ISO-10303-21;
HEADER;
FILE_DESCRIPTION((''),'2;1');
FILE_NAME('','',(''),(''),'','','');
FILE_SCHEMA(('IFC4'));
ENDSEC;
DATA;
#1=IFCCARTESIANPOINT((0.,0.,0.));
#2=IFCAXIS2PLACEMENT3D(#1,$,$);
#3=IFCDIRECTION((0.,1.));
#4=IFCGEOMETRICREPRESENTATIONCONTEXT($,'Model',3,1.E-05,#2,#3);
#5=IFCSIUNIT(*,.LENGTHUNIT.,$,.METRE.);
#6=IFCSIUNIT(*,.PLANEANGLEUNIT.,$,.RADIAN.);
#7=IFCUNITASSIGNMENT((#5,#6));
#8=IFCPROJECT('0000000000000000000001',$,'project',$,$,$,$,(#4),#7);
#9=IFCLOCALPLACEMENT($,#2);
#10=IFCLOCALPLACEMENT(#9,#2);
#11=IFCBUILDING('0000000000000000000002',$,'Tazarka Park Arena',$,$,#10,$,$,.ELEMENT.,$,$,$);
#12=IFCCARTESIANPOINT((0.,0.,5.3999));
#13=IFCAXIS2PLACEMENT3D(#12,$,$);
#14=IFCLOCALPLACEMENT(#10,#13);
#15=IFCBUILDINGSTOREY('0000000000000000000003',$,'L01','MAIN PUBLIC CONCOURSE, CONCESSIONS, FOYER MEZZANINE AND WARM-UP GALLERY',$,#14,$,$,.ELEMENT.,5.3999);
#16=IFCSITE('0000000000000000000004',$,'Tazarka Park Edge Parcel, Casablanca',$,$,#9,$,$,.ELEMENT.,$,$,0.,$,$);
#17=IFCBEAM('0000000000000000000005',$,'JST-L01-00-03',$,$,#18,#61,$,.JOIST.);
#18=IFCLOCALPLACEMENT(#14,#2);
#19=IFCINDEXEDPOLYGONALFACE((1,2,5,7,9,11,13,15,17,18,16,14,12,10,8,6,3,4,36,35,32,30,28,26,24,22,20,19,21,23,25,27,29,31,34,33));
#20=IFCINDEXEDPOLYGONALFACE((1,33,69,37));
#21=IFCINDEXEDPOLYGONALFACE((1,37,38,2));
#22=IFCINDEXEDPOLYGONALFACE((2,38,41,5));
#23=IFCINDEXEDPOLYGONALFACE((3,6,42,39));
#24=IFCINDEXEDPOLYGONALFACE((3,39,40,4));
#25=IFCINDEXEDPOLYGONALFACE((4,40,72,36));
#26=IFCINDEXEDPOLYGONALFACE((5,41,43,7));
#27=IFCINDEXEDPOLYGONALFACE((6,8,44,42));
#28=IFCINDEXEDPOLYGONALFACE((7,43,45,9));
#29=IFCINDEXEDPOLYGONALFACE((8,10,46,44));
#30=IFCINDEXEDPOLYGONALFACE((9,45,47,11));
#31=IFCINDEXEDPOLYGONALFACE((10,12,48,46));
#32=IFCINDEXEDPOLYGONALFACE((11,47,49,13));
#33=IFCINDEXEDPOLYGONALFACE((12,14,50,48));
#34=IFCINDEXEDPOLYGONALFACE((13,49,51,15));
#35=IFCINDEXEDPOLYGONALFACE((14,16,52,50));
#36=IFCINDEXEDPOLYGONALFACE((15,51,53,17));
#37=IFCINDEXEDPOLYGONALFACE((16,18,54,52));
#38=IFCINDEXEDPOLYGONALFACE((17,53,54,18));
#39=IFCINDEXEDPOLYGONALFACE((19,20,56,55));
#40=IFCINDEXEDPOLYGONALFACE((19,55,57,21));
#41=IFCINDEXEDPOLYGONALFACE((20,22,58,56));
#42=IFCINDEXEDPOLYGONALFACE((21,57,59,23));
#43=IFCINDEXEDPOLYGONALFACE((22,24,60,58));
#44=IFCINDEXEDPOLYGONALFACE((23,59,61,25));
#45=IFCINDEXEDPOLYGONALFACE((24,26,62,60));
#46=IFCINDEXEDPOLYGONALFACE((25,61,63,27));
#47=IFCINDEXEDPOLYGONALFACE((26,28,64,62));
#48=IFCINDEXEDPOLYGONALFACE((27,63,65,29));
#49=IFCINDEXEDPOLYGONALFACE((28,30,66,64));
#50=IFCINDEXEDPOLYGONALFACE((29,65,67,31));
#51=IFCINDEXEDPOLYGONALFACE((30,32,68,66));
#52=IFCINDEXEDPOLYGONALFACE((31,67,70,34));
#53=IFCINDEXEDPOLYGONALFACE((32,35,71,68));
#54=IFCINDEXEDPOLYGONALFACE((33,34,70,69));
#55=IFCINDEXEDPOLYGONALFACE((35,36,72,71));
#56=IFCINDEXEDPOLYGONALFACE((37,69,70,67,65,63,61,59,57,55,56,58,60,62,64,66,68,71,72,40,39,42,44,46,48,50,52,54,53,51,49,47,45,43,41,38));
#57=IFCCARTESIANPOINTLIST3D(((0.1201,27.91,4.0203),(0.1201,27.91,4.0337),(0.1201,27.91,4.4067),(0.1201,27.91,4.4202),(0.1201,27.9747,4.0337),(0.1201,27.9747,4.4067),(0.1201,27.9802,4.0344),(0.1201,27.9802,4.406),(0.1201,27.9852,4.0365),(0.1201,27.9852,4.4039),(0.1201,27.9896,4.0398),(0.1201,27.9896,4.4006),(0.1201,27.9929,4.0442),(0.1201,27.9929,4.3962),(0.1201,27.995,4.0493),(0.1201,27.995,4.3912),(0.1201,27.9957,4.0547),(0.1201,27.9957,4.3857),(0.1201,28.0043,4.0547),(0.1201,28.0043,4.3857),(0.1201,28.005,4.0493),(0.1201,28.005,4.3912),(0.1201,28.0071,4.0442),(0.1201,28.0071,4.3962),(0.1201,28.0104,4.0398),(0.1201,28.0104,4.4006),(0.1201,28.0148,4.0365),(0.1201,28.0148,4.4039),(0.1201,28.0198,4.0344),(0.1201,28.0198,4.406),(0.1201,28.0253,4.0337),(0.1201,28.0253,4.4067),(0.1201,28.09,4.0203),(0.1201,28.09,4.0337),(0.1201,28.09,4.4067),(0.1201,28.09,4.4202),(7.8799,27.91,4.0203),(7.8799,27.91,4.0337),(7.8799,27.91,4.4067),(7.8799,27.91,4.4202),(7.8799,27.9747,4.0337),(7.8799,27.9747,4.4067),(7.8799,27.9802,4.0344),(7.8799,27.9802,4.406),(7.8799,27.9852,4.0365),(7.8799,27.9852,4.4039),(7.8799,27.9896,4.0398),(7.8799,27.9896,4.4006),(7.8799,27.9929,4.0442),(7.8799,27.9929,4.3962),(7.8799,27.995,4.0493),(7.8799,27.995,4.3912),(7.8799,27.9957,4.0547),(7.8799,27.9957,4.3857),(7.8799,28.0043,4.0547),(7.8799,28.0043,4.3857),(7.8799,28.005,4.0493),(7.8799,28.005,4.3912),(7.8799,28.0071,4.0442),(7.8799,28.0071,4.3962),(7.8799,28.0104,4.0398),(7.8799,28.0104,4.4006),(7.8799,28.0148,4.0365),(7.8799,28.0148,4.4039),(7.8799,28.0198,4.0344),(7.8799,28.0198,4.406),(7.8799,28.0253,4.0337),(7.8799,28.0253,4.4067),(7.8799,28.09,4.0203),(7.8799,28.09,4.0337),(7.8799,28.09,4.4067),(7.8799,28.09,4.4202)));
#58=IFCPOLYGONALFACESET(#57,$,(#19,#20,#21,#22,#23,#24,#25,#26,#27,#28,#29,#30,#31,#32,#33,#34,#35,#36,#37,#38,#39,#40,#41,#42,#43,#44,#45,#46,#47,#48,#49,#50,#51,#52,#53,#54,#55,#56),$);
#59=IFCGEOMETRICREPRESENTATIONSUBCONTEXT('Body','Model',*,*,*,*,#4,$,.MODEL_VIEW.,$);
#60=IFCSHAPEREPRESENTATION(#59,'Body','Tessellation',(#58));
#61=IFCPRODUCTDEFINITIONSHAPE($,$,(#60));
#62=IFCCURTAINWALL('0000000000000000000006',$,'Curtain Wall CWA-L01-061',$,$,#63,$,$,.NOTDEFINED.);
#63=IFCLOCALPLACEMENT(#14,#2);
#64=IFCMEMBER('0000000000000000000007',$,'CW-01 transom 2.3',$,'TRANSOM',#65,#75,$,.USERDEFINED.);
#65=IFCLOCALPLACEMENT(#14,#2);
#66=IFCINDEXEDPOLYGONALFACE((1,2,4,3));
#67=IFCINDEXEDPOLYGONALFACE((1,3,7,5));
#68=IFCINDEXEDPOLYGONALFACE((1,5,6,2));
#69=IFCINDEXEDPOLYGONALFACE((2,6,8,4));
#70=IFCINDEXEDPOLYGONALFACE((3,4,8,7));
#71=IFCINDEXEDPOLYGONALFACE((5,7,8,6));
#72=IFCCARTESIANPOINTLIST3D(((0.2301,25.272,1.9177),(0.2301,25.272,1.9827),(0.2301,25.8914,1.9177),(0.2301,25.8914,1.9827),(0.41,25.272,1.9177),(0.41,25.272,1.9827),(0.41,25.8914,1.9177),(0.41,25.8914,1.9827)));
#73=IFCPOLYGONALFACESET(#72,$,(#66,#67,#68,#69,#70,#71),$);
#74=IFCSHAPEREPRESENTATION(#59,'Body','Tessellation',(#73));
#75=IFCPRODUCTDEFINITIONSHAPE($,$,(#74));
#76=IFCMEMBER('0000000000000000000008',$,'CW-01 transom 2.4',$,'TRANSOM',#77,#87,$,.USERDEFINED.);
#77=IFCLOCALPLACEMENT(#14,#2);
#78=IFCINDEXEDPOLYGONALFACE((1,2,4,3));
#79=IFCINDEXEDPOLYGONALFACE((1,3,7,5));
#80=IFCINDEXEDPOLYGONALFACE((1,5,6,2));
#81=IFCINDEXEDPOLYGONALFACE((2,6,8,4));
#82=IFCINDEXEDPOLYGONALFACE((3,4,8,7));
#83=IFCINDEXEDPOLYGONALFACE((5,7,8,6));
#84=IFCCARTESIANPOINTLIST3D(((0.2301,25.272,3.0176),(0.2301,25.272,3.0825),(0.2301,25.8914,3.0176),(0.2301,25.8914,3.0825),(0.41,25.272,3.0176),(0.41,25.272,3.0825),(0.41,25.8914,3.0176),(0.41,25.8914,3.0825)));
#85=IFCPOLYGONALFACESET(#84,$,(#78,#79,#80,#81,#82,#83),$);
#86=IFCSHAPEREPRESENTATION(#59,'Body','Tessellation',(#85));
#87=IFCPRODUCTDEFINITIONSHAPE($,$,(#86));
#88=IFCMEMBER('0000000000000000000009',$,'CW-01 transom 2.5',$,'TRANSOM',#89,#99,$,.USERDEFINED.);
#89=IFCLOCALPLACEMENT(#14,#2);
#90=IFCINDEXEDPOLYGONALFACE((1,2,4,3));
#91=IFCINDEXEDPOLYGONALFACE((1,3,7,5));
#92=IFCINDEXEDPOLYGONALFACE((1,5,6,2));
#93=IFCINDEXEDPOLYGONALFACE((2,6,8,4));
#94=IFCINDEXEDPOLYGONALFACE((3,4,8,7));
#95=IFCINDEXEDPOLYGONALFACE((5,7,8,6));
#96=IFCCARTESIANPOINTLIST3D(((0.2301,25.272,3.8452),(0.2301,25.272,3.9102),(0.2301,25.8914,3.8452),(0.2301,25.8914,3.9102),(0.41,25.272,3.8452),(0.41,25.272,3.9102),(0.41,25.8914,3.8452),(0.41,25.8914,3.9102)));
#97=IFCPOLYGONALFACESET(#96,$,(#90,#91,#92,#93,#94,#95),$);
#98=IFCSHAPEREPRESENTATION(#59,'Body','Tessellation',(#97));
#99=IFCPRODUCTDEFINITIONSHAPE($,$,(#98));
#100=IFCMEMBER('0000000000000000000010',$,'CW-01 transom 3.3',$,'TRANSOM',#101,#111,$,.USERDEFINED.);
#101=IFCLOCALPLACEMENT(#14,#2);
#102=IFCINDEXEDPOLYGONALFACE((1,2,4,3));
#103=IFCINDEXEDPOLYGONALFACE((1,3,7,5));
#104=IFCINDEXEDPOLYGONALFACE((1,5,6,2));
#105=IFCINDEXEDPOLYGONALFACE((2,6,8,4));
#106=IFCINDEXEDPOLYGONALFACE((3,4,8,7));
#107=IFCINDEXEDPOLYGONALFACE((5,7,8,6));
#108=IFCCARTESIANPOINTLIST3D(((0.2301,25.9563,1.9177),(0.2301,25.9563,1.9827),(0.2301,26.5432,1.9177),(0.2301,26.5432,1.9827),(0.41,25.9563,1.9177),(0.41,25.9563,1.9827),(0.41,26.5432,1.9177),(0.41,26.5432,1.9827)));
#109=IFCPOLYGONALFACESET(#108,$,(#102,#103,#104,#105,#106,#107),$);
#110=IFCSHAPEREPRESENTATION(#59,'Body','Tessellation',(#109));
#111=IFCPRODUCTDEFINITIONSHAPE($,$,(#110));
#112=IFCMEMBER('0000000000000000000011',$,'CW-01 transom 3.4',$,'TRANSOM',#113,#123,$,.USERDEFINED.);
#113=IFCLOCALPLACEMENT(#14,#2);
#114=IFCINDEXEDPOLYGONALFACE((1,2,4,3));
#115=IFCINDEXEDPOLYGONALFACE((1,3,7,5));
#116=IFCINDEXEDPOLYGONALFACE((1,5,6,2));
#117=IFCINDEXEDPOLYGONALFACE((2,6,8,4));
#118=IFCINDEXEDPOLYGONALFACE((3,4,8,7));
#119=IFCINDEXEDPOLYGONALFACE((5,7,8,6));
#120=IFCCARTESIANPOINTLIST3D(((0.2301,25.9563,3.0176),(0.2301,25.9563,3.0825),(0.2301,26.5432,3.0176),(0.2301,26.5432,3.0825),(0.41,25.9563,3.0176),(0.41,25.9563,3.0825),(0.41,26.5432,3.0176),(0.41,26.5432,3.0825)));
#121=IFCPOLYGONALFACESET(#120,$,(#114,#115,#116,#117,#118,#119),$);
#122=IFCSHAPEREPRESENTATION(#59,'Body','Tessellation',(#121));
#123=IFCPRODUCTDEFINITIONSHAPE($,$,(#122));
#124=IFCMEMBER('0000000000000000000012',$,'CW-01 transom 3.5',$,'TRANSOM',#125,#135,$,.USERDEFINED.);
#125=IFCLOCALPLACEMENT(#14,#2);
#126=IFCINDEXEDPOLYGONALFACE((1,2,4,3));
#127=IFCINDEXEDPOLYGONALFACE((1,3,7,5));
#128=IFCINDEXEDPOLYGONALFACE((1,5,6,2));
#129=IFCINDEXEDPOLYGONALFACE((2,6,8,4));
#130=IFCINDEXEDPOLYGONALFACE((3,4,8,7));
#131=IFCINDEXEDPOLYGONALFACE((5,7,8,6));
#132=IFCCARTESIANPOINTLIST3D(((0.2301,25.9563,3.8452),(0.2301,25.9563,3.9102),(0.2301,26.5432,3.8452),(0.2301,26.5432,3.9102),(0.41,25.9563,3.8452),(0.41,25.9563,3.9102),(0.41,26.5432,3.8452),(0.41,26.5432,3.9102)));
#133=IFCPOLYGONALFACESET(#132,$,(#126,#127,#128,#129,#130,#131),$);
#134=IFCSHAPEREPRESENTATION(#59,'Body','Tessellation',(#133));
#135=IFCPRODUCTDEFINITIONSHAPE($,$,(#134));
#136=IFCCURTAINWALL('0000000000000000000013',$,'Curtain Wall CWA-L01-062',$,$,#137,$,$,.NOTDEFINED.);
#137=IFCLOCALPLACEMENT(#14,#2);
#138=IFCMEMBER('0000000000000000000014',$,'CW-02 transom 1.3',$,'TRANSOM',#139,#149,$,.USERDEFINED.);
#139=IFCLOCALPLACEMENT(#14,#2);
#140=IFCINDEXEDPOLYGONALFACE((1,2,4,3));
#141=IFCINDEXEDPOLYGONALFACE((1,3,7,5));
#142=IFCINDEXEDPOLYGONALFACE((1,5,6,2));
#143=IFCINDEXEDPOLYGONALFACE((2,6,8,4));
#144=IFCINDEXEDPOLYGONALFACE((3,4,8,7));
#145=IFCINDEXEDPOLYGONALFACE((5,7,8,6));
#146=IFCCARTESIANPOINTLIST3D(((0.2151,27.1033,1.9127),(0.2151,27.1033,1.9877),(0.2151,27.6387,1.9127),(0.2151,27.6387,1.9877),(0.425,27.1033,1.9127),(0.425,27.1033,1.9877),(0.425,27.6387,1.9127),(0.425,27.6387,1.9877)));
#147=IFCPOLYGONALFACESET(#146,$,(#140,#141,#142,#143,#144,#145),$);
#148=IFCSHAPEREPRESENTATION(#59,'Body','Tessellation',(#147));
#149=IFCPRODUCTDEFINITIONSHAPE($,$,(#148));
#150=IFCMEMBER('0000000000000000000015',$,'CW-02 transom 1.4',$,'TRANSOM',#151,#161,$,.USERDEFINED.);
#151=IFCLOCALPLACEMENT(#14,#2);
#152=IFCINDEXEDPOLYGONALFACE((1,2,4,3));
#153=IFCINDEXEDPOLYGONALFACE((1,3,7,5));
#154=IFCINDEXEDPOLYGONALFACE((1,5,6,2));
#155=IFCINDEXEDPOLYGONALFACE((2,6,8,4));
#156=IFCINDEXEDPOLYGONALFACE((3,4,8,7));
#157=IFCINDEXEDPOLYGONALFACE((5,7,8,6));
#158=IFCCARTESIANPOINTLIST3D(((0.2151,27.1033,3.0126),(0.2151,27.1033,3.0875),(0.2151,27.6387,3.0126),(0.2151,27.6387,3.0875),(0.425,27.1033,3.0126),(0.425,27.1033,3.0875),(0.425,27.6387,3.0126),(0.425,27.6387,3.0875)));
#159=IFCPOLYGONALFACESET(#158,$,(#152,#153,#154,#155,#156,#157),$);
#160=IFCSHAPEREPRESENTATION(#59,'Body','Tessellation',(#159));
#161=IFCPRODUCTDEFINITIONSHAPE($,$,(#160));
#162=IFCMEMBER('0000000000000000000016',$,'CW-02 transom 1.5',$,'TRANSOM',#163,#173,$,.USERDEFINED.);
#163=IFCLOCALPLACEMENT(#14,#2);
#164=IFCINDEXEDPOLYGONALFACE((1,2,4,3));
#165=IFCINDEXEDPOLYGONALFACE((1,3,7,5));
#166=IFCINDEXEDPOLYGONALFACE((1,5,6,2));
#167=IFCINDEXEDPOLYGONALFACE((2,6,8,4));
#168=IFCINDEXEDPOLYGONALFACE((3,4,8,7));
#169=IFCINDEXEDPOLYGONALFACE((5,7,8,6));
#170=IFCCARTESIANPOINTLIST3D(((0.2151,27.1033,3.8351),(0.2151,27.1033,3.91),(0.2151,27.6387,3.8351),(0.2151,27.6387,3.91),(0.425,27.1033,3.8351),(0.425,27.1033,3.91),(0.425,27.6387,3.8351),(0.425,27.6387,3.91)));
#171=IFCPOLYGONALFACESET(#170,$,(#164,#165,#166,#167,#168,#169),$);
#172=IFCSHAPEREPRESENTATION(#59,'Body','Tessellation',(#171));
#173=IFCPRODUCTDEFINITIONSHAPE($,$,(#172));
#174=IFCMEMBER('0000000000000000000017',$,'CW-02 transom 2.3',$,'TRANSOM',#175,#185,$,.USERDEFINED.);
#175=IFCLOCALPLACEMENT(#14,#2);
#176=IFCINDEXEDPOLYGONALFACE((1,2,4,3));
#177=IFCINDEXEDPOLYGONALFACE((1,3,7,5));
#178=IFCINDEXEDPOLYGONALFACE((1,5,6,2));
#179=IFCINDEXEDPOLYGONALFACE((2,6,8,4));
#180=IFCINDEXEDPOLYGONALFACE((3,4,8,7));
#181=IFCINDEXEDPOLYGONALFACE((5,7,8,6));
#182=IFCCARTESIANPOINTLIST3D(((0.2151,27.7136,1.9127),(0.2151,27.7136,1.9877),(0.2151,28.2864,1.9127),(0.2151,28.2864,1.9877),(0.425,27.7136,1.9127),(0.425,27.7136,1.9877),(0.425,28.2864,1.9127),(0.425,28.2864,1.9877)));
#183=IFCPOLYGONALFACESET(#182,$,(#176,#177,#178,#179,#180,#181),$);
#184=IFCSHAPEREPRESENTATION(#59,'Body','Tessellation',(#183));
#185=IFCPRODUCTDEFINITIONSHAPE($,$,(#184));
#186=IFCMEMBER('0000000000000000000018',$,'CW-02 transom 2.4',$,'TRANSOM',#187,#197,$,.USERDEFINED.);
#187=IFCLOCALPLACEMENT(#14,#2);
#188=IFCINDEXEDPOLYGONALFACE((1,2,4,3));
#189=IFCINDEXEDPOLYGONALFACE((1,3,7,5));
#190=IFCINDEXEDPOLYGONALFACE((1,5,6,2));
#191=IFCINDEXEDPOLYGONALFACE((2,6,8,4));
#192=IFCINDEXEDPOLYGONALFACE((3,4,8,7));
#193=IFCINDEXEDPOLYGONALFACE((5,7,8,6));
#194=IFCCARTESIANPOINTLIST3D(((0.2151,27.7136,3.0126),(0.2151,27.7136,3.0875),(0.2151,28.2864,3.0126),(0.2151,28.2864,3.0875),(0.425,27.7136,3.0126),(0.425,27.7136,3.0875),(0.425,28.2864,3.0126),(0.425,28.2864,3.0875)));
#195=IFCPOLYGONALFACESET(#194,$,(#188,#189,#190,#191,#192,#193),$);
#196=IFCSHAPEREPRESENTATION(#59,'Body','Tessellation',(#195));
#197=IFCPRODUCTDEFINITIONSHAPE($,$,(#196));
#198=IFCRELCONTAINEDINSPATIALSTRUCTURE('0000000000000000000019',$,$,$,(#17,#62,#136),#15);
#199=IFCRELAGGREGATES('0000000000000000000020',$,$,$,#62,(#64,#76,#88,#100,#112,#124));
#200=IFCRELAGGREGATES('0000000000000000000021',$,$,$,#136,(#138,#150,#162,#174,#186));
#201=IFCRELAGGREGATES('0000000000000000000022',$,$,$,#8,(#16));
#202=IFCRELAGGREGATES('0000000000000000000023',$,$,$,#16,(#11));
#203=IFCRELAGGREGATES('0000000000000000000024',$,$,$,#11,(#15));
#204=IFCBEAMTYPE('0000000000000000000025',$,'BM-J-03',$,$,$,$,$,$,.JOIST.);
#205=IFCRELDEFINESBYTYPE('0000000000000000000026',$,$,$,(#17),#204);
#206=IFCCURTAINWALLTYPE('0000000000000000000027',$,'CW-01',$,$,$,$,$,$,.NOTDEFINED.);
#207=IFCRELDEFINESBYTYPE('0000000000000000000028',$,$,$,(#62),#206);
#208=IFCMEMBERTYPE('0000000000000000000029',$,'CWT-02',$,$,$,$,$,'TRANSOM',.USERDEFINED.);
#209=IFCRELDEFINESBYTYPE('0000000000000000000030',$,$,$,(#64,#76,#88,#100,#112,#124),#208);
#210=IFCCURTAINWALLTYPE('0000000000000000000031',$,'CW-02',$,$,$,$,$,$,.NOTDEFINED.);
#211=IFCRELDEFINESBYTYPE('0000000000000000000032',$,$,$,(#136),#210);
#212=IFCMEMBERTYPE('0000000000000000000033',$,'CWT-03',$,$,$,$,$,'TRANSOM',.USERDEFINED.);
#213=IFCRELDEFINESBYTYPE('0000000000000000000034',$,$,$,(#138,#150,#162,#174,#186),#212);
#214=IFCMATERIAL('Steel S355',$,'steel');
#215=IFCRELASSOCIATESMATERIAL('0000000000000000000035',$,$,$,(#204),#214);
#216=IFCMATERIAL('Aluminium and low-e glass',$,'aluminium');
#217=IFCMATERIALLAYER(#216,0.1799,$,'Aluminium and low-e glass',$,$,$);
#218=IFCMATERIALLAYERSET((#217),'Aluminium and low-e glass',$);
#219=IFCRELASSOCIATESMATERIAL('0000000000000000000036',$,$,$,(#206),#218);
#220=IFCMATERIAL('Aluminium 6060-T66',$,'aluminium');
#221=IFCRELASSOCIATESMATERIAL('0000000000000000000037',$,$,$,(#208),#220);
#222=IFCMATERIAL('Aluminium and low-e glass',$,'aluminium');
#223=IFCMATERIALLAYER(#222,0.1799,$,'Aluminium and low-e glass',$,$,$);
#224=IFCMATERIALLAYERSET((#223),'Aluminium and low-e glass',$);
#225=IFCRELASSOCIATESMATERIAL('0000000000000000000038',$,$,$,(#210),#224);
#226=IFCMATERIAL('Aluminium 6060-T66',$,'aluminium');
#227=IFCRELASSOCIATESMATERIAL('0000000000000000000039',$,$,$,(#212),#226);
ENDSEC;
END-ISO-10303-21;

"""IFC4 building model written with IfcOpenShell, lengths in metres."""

from ifc_helpers import new_model, si_unit, direction, frame, origin, origin_2d, place, context, subcontext, project, spatial, rectangle, i_section, extrude, material, layer, layer_set, material_profile, profile_set, type_object, element, aggregate, save


model = new_model("IFC4")

# Units and contexts
model_context = context("Model", 3, precision=1e-05, world=origin(), true_north=direction((0.0, 1.0)))
body_context = subcontext(model_context, "Body", "Model", "MODEL_VIEW")
ifc_project = project(units=[si_unit("LENGTHUNIT", "METRE"), si_unit("PLANEANGLEUNIT", "RADIAN")], contexts=[model_context])

# Site, building, storey
site_placement = place(None, origin())
site = spatial("IfcSite", under=ifc_project, at=site_placement, Name="Tazarka Park Edge Parcel, Casablanca", CompositionType="ELEMENT", RefElevation=0.0)
building_placement = place(site_placement, origin())
building = spatial("IfcBuilding", under=site, at=building_placement, Name="Tazarka Park Arena", CompositionType="ELEMENT")
storey_placement = place(building_placement, frame((0.0, 0.0, 5.3999)))
storey = spatial("IfcBuildingStorey", under=building, at=storey_placement, Name="L01", Description="MAIN PUBLIC CONCOURSE, CONCESSIONS, FOYER MEZZANINE AND WARM-UP GALLERY", CompositionType="ELEMENT", Elevation=5.3999)

# Beam
ifc_material_1 = material(Name="Steel S355", Category="steel")
ifc_material_profile_1 = material_profile(ifc_material_1, i_section(OverallWidth=0.1799, OverallDepth=0.3999, WebThickness=0.0085, FlangeThickness=0.0134, FilletRadius=0.021, at=origin_2d()), Name="Steel S355")
ifc_profile_set_1 = profile_set([ifc_material_profile_1], Name="Steel S355")
beam_type = type_object("IfcBeamType", Name="BM-J-03", PredefinedType="JOIST", material=ifc_profile_set_1)
beam_placement = place(storey_placement, frame((0.1201, 28.0, 4.2202), z_axis=(1.0, 0.0, 0.0), x_axis=(0.0, 1.0, 0.0)))
element("IfcBeam", 1, at=beam_placement, inside=storey, type_object=beam_type, Name="JST-L01-00-03", PredefinedType="JOIST", context=body_context, shape_type="SweptSolid", body=[
    extrude(i_section(OverallWidth=0.1799, OverallDepth=0.3999, WebThickness=0.0085, FlangeThickness=0.0134, FilletRadius=0.021, at=origin_2d()), origin(), (0.0, 0.0, 1.0), 7.7598),
])

# Curtain walls, members
ifc_material_2 = material(Name="Aluminium and low-e glass", Category="aluminium")
ifc_layer_1 = layer(ifc_material_2, 0.1799, Name="Aluminium and low-e glass")
ifc_layer_set_1 = layer_set([ifc_layer_1], Name="Aluminium and low-e glass")
curtain_wall_type_1 = type_object("IfcCurtainWallType", Name="CW-01", PredefinedType="NOTDEFINED", material=ifc_layer_set_1)
curtain_wall_1_placement = place(storey_placement, origin())
curtain_wall_1 = element("IfcCurtainWall", 2, at=curtain_wall_1_placement, inside=storey, type_object=curtain_wall_type_1, Name="Curtain Wall CWA-L01-061", PredefinedType="NOTDEFINED")
ifc_material_3 = material(Name="Aluminium 6060-T66", Category="aluminium")
ifc_material_profile_2 = material_profile(ifc_material_3, rectangle(XDim=0.1799, YDim=0.0649, at=origin_2d()), Name="Aluminium 6060-T66")
ifc_profile_set_2 = profile_set([ifc_material_profile_2], Name="Aluminium 6060-T66")
member_type_1 = type_object("IfcMemberType", Name="CWT-02", ElementType="TRANSOM", PredefinedType="USERDEFINED", material=ifc_profile_set_2)
member_1_placement = place(storey_placement, frame((0.3201, 25.272, 1.9502), z_axis=(0.0, 1.0, 0.0), x_axis=(-1.0, 0.0, 0.0)))
member_1 = element("IfcMember", 3, at=member_1_placement, type_object=member_type_1, Name="CW-01 transom 2.3", ObjectType="TRANSOM", PredefinedType="USERDEFINED", context=body_context, shape_type="SweptSolid", body=[
    extrude(rectangle(XDim=0.1799, YDim=0.0649, at=origin_2d()), origin(), (0.0, 0.0, 1.0), 0.6194),
])
member_2_placement = place(storey_placement, frame((0.3201, 25.272, 3.05), z_axis=(0.0, 1.0, 0.0), x_axis=(-1.0, 0.0, 0.0)))
member_2 = element("IfcMember", 4, at=member_2_placement, type_object=member_type_1, Name="CW-01 transom 2.4", ObjectType="TRANSOM", PredefinedType="USERDEFINED", context=body_context, shape_type="SweptSolid", body=[
    extrude(rectangle(XDim=0.1799, YDim=0.0649, at=origin_2d()), origin(), (0.0, 0.0, 1.0), 0.6194),
])
member_3_placement = place(storey_placement, frame((0.3201, 25.272, 3.8777), z_axis=(0.0, 1.0, 0.0), x_axis=(-1.0, 0.0, 0.0)))
member_3 = element("IfcMember", 5, at=member_3_placement, type_object=member_type_1, Name="CW-01 transom 2.5", ObjectType="TRANSOM", PredefinedType="USERDEFINED", context=body_context, shape_type="SweptSolid", body=[
    extrude(rectangle(XDim=0.1799, YDim=0.0649, at=origin_2d()), origin(), (0.0, 0.0, 1.0), 0.6194),
])
member_4_placement = place(storey_placement, frame((0.3201, 25.9563, 1.9502), z_axis=(0.0, 1.0, 0.0), x_axis=(-1.0, 0.0, 0.0)))
member_4 = element("IfcMember", 6, at=member_4_placement, type_object=member_type_1, Name="CW-01 transom 3.3", ObjectType="TRANSOM", PredefinedType="USERDEFINED", context=body_context, shape_type="SweptSolid", body=[
    extrude(rectangle(XDim=0.1799, YDim=0.0649, at=origin_2d()), origin(), (0.0, 0.0, 1.0), 0.5869),
])
member_5_placement = place(storey_placement, frame((0.3201, 25.9563, 3.05), z_axis=(0.0, 1.0, 0.0), x_axis=(-1.0, 0.0, 0.0)))
member_5 = element("IfcMember", 7, at=member_5_placement, type_object=member_type_1, Name="CW-01 transom 3.4", ObjectType="TRANSOM", PredefinedType="USERDEFINED", context=body_context, shape_type="SweptSolid", body=[
    extrude(rectangle(XDim=0.1799, YDim=0.0649, at=origin_2d()), origin(), (0.0, 0.0, 1.0), 0.5869),
])
member_6_placement = place(storey_placement, frame((0.3201, 25.9563, 3.8777), z_axis=(0.0, 1.0, 0.0), x_axis=(-1.0, 0.0, 0.0)))
member_6 = element("IfcMember", 8, at=member_6_placement, type_object=member_type_1, Name="CW-01 transom 3.5", ObjectType="TRANSOM", PredefinedType="USERDEFINED", context=body_context, shape_type="SweptSolid", body=[
    extrude(rectangle(XDim=0.1799, YDim=0.0649, at=origin_2d()), origin(), (0.0, 0.0, 1.0), 0.5869),
])
ifc_material_4 = material(Name="Aluminium and low-e glass", Category="aluminium")
ifc_layer_2 = layer(ifc_material_4, 0.1799, Name="Aluminium and low-e glass")
ifc_layer_set_2 = layer_set([ifc_layer_2], Name="Aluminium and low-e glass")
curtain_wall_type_2 = type_object("IfcCurtainWallType", Name="CW-02", PredefinedType="NOTDEFINED", material=ifc_layer_set_2)
curtain_wall_2_placement = place(storey_placement, origin())
curtain_wall_2 = element("IfcCurtainWall", 9, at=curtain_wall_2_placement, inside=storey, type_object=curtain_wall_type_2, Name="Curtain Wall CWA-L01-062", PredefinedType="NOTDEFINED")
ifc_material_5 = material(Name="Aluminium 6060-T66", Category="aluminium")
ifc_material_profile_3 = material_profile(ifc_material_5, rectangle(XDim=0.21, YDim=0.075, at=origin_2d()), Name="Aluminium 6060-T66")
ifc_profile_set_3 = profile_set([ifc_material_profile_3], Name="Aluminium 6060-T66")
member_type_2 = type_object("IfcMemberType", Name="CWT-03", ElementType="TRANSOM", PredefinedType="USERDEFINED", material=ifc_profile_set_3)
member_7_placement = place(storey_placement, frame((0.3201, 27.1033, 1.9502), z_axis=(0.0, 1.0, 0.0), x_axis=(-1.0, 0.0, 0.0)))
member_7 = element("IfcMember", 10, at=member_7_placement, type_object=member_type_2, Name="CW-02 transom 1.3", ObjectType="TRANSOM", PredefinedType="USERDEFINED", context=body_context, shape_type="SweptSolid", body=[
    extrude(rectangle(XDim=0.21, YDim=0.075, at=origin_2d()), origin(), (0.0, 0.0, 1.0), 0.5354),
])
member_8_placement = place(storey_placement, frame((0.3201, 27.1033, 3.05), z_axis=(0.0, 1.0, 0.0), x_axis=(-1.0, 0.0, 0.0)))
member_8 = element("IfcMember", 11, at=member_8_placement, type_object=member_type_2, Name="CW-02 transom 1.4", ObjectType="TRANSOM", PredefinedType="USERDEFINED", context=body_context, shape_type="SweptSolid", body=[
    extrude(rectangle(XDim=0.21, YDim=0.075, at=origin_2d()), origin(), (0.0, 0.0, 1.0), 0.5354),
])
member_9_placement = place(storey_placement, frame((0.3201, 27.1033, 3.8726), z_axis=(0.0, 1.0, 0.0), x_axis=(-1.0, 0.0, 0.0)))
member_9 = element("IfcMember", 12, at=member_9_placement, type_object=member_type_2, Name="CW-02 transom 1.5", ObjectType="TRANSOM", PredefinedType="USERDEFINED", context=body_context, shape_type="SweptSolid", body=[
    extrude(rectangle(XDim=0.21, YDim=0.075, at=origin_2d()), origin(), (0.0, 0.0, 1.0), 0.5354),
])
member_10_placement = place(storey_placement, frame((0.3201, 27.7136, 1.9502), z_axis=(0.0, 1.0, 0.0), x_axis=(-1.0, 0.0, 0.0)))
member_10 = element("IfcMember", 13, at=member_10_placement, type_object=member_type_2, Name="CW-02 transom 2.3", ObjectType="TRANSOM", PredefinedType="USERDEFINED", context=body_context, shape_type="SweptSolid", body=[
    extrude(rectangle(XDim=0.21, YDim=0.075, at=origin_2d()), origin(), (0.0, 0.0, 1.0), 0.5728),
])
member_11_placement = place(storey_placement, frame((0.3201, 27.7136, 3.05), z_axis=(0.0, 1.0, 0.0), x_axis=(-1.0, 0.0, 0.0)))
member_11 = element("IfcMember", 14, at=member_11_placement, type_object=member_type_2, Name="CW-02 transom 2.4", ObjectType="TRANSOM", PredefinedType="USERDEFINED", context=body_context, shape_type="SweptSolid", body=[
    extrude(rectangle(XDim=0.21, YDim=0.075, at=origin_2d()), origin(), (0.0, 0.0, 1.0), 0.5728),
])

aggregate(curtain_wall_1, [member_1, member_2, member_3, member_4, member_5, member_6])
aggregate(curtain_wall_2, [member_7, member_8, member_9, member_10, member_11])

save(model, "model.ifc")
